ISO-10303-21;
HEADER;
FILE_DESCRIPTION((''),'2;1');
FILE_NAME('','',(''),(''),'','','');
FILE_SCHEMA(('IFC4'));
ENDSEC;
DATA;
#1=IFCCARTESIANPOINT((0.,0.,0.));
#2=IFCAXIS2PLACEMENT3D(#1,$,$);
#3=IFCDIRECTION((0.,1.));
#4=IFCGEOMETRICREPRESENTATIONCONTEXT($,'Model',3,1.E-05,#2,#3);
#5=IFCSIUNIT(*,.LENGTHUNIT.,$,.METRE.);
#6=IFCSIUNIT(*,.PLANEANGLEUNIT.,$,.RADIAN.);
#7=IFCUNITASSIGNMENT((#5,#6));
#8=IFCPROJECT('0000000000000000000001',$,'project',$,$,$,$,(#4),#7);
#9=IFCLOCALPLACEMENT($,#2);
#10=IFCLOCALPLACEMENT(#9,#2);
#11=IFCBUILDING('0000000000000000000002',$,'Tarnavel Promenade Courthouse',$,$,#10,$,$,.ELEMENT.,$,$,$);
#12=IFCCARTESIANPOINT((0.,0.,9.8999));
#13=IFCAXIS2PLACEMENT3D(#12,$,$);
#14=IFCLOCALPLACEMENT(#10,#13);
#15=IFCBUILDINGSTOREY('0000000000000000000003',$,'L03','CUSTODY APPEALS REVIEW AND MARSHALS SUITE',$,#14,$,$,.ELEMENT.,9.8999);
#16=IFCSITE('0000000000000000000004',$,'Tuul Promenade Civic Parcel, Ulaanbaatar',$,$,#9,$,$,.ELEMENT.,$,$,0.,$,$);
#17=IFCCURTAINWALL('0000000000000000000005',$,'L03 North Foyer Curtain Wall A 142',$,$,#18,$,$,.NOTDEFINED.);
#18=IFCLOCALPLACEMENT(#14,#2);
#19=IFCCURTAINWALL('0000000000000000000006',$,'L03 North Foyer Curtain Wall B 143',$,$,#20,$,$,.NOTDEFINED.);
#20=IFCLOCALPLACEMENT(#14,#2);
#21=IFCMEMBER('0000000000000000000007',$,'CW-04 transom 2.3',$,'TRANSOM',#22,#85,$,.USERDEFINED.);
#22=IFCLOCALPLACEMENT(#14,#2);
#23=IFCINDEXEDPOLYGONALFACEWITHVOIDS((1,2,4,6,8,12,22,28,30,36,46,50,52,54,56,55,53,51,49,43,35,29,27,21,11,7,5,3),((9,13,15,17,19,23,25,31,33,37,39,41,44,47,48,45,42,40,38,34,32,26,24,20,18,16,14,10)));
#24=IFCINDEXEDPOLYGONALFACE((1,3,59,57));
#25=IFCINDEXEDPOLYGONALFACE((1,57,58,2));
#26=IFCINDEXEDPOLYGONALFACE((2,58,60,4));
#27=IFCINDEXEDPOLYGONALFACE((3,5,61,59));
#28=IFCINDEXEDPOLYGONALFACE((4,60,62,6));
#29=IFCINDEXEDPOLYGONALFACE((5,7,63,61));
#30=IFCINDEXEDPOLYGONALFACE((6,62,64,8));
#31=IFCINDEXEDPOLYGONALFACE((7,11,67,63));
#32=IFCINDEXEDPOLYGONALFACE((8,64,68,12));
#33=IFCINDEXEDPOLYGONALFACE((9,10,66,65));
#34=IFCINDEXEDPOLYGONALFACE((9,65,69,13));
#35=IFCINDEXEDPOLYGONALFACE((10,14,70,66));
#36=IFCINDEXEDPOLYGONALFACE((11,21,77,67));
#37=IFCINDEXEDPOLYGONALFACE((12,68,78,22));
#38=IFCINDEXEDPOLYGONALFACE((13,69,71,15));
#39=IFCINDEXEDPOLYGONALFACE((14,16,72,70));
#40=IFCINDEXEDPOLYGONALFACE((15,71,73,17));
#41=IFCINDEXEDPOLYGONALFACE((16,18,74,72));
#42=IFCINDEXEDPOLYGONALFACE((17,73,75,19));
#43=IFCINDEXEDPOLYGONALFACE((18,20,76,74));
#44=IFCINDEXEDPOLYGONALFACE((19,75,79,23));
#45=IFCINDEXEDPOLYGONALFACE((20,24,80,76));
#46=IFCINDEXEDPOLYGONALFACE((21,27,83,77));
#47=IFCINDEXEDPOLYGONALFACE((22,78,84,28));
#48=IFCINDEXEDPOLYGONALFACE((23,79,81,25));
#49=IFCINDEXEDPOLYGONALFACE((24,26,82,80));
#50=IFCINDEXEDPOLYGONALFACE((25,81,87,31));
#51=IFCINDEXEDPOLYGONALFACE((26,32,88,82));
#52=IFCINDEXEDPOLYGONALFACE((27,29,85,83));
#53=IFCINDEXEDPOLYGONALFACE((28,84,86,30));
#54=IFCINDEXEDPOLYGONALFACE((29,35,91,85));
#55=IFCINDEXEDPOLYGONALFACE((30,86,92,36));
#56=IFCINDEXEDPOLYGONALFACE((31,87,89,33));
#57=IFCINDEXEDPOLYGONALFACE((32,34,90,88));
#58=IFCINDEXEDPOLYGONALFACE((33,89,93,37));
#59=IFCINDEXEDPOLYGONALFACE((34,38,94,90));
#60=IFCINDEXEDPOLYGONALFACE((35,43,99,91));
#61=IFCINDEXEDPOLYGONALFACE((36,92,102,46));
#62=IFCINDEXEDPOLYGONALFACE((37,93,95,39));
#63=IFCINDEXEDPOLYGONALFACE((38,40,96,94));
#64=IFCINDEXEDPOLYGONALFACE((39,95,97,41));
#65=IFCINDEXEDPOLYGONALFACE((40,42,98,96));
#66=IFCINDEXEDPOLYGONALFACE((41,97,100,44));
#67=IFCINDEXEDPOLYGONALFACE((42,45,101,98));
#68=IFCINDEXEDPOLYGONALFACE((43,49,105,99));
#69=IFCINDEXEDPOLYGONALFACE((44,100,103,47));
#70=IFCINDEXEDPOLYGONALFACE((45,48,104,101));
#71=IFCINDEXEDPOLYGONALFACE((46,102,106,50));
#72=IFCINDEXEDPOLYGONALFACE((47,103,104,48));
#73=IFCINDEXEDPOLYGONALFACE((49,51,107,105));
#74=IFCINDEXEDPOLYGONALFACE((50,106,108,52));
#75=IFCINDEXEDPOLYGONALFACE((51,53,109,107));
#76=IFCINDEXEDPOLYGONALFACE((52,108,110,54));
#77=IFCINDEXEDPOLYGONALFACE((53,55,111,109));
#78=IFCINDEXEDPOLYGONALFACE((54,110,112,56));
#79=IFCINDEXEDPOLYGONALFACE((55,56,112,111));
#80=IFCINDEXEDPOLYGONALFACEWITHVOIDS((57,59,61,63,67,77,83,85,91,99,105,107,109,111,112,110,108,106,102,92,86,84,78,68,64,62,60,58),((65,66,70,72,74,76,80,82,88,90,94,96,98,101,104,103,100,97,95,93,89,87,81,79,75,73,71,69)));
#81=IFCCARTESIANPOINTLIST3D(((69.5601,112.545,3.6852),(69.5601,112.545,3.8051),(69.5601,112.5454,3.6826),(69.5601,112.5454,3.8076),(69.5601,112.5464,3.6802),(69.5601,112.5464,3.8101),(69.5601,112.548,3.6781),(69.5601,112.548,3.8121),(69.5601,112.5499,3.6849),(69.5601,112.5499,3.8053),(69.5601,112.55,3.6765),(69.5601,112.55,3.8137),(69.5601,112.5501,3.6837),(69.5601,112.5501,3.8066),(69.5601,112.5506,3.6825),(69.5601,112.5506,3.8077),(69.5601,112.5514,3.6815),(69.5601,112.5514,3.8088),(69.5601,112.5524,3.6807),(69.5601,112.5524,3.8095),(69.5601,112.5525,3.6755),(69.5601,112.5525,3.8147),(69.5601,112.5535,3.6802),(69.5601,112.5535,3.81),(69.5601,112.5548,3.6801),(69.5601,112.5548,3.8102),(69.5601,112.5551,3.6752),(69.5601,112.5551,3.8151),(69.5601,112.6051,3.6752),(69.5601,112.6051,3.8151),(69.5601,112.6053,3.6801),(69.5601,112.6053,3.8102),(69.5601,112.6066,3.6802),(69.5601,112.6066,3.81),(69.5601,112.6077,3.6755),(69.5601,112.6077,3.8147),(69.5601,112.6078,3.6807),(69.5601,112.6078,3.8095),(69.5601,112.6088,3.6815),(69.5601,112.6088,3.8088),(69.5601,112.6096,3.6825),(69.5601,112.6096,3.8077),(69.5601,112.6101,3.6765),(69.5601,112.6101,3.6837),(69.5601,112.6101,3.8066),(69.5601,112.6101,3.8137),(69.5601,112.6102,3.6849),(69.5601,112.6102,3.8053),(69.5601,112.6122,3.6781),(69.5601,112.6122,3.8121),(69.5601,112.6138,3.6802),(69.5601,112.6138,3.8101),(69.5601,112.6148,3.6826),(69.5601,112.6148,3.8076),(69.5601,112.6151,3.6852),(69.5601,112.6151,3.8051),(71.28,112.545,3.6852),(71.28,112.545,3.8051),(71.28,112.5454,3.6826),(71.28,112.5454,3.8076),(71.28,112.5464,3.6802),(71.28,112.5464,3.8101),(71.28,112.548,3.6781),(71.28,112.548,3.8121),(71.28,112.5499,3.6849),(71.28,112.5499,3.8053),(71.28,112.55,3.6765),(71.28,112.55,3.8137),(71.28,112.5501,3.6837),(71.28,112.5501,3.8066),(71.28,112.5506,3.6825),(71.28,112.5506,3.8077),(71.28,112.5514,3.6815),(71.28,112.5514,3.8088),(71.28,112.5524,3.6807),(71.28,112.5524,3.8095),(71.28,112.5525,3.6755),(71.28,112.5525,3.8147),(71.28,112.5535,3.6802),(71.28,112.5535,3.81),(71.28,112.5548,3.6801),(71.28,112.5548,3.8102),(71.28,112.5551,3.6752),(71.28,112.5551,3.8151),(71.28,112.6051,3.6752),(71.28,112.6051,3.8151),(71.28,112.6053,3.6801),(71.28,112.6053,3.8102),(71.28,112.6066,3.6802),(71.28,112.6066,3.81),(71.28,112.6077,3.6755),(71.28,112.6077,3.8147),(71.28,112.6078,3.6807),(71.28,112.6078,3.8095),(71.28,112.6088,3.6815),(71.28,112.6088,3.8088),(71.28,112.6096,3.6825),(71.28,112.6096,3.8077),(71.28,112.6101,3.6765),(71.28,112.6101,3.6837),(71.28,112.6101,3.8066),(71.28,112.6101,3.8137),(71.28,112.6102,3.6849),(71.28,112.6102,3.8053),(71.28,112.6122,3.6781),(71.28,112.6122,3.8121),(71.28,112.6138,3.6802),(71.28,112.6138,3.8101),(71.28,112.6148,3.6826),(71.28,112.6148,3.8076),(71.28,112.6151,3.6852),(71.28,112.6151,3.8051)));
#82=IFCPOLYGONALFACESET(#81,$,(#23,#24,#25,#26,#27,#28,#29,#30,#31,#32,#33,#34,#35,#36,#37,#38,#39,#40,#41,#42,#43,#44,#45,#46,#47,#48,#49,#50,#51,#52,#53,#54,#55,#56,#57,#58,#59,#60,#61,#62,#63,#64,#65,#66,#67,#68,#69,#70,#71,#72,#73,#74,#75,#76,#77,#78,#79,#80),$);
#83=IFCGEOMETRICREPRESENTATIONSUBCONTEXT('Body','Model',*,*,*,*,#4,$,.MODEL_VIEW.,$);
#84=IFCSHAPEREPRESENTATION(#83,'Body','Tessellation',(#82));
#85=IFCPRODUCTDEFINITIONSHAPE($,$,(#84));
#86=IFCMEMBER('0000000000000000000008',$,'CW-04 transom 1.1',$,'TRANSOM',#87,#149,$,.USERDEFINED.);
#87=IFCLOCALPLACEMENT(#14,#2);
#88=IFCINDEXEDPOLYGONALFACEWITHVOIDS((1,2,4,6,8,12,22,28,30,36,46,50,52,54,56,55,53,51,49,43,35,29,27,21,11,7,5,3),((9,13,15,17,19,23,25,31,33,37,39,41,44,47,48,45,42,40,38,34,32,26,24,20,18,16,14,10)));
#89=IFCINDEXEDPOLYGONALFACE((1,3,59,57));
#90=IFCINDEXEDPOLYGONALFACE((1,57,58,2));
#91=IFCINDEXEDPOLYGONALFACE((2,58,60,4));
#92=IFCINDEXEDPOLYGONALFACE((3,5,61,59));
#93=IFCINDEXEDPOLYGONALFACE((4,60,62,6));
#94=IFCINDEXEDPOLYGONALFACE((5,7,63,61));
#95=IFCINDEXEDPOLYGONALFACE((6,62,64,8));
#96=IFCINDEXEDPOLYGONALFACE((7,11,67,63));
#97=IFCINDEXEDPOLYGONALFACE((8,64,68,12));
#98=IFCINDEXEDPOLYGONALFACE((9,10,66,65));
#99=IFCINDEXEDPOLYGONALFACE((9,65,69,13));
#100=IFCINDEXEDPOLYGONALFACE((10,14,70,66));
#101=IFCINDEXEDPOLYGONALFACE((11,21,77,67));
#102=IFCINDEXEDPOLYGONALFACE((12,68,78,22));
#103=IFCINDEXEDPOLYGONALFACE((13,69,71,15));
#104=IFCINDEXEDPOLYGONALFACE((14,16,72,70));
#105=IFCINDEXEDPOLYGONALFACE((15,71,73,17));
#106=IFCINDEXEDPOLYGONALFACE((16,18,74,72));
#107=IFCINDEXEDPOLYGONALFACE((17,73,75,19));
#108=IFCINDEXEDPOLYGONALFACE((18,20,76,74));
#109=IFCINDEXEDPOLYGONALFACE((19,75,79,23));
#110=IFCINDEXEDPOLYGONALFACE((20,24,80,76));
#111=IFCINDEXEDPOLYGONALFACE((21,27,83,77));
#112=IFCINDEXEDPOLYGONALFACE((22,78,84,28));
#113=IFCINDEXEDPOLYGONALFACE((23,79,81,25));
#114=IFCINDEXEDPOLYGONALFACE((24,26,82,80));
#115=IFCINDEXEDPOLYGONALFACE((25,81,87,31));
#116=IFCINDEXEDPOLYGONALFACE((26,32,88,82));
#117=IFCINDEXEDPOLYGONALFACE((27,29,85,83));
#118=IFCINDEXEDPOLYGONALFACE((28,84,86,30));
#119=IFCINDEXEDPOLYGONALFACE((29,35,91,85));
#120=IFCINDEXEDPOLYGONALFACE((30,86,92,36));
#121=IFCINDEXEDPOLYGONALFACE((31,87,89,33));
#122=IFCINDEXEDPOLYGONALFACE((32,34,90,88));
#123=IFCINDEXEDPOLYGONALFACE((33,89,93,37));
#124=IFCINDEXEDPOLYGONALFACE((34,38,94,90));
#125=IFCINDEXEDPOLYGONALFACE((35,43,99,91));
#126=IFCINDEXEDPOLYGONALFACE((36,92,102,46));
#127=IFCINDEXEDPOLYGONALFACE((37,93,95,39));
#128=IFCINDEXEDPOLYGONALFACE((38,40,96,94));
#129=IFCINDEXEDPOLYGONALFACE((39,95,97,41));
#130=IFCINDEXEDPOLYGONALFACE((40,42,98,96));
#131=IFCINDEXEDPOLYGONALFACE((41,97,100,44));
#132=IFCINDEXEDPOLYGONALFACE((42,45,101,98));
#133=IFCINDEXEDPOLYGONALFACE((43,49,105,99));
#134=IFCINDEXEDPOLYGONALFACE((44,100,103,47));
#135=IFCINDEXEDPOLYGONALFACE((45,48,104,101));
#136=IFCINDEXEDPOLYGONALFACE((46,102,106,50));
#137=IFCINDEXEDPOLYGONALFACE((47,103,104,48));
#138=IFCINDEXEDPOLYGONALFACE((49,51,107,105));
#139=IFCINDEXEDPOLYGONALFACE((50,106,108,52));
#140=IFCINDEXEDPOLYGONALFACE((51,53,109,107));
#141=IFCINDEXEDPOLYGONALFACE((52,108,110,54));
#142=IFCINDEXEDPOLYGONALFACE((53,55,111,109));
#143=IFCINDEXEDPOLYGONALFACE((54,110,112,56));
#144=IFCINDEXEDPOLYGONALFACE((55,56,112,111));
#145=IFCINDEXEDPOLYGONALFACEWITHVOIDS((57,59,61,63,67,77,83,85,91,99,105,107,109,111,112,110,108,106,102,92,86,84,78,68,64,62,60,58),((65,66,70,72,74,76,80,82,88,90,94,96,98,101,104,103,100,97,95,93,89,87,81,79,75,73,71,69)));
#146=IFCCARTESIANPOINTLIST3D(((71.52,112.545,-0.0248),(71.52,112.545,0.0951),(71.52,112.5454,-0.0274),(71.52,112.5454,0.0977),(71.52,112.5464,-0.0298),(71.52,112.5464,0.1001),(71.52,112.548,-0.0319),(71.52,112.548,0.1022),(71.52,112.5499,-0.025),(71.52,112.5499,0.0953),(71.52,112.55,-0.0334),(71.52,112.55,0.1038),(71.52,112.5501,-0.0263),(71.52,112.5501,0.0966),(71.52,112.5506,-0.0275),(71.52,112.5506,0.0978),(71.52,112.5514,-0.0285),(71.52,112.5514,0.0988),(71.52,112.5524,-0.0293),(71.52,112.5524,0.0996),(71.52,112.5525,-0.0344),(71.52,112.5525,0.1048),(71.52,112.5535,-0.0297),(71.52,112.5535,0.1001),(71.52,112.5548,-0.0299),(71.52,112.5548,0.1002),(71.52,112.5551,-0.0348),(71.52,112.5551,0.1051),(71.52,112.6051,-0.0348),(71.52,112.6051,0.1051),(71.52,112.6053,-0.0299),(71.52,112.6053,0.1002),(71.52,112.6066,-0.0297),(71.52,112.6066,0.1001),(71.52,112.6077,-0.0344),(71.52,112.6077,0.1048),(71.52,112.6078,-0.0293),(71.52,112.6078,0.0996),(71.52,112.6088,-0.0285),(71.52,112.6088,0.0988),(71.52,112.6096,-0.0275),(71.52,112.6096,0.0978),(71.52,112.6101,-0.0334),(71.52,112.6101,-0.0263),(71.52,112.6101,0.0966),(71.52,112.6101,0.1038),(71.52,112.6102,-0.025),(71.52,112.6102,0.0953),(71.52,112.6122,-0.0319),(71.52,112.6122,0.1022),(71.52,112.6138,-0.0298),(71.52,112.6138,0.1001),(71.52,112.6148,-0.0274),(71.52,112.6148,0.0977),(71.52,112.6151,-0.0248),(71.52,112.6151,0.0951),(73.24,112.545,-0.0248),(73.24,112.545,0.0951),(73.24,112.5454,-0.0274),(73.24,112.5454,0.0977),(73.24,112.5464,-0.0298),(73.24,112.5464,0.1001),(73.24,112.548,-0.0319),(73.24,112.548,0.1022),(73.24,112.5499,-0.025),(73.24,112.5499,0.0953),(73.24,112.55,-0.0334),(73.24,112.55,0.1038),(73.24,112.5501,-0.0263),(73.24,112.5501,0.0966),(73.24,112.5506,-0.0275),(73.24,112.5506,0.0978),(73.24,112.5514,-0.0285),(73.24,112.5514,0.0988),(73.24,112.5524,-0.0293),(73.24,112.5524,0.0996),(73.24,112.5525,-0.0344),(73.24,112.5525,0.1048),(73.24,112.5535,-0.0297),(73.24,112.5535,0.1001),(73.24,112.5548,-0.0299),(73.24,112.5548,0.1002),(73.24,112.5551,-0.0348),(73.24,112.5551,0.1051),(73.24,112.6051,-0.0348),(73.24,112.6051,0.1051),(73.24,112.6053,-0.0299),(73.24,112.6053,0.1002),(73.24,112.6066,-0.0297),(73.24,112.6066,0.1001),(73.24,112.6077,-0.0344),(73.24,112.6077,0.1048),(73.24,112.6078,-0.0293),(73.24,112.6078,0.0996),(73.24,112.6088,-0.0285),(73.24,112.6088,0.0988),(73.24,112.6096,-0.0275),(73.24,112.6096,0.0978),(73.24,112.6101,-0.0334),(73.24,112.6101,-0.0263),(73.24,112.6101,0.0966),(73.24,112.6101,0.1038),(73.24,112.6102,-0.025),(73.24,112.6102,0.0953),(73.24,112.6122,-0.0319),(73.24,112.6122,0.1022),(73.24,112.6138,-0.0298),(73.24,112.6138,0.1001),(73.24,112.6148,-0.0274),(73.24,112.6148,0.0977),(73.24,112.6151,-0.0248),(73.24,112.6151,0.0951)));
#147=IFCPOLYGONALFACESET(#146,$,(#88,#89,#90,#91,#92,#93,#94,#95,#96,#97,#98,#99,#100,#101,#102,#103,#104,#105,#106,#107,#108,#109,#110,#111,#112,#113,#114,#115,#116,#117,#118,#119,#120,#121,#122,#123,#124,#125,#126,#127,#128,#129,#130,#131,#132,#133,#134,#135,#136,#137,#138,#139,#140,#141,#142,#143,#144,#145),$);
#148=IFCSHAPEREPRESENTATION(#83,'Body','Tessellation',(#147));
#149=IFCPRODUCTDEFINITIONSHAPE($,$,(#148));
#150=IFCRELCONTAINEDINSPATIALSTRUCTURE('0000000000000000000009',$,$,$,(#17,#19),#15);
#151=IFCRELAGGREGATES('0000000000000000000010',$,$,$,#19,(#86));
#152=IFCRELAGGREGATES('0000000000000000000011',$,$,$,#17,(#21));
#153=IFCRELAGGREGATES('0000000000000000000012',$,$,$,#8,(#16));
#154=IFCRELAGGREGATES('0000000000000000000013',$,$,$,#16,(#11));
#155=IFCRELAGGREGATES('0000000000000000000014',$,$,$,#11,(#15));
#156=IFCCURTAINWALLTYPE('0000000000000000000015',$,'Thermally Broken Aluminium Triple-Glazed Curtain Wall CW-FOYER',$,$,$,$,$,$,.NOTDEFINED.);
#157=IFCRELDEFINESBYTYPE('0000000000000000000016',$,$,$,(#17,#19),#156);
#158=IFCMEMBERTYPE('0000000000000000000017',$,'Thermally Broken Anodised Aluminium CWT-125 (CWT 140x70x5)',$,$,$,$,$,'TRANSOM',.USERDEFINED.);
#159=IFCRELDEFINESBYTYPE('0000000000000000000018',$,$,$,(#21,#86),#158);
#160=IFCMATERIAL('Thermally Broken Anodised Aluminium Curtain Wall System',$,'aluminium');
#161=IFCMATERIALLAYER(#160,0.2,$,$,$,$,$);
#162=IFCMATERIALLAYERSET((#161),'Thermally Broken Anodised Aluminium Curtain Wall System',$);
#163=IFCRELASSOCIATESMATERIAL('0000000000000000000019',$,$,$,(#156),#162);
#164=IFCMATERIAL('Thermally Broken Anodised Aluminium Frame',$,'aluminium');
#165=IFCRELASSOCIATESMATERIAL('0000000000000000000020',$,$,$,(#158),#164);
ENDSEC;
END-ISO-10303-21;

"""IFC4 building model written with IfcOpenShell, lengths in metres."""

from ifc_helpers import new_model, si_unit, direction, frame, origin, origin_2d, place, context, subcontext, project, spatial, hollow_rectangle, extrude, material, layer, layer_set, material_profile, profile_set, type_object, element, aggregate, save


model = new_model("IFC4")

# Units and contexts
model_context = context("Model", 3, precision=1e-05, world=origin(), true_north=direction((0.0, 1.0)))
body_context = subcontext(model_context, "Body", "Model", "MODEL_VIEW")
ifc_project = project(units=[si_unit("LENGTHUNIT", "METRE"), si_unit("PLANEANGLEUNIT", "RADIAN")], contexts=[model_context])

# Site, building, storey
site_placement = place(None, origin())
site = spatial("IfcSite", under=ifc_project, at=site_placement, Name="Tuul Promenade Civic Parcel, Ulaanbaatar", CompositionType="ELEMENT", RefElevation=0.0)
building_placement = place(site_placement, origin())
building = spatial("IfcBuilding", under=site, at=building_placement, Name="Tarnavel Promenade Courthouse", CompositionType="ELEMENT")
storey_placement = place(building_placement, frame((0.0, 0.0, 9.8999)))
storey = spatial("IfcBuildingStorey", under=building, at=storey_placement, Name="L03", Description="CUSTODY APPEALS REVIEW AND MARSHALS SUITE", CompositionType="ELEMENT", Elevation=9.8999)

# Curtain wall
ifc_material_1 = material(Name="Thermally Broken Anodised Aluminium Curtain Wall System", Category="aluminium")
ifc_layer_1 = layer(ifc_material_1, 0.2)
ifc_layer_set_1 = layer_set([ifc_layer_1], Name="Thermally Broken Anodised Aluminium Curtain Wall System")
curtain_wall_type = type_object("IfcCurtainWallType", Name="Thermally Broken Aluminium Triple-Glazed Curtain Wall CW-FOYER", PredefinedType="NOTDEFINED", material=ifc_layer_set_1)
curtain_wall_1_placement = place(storey_placement, origin())
curtain_wall_1 = element("IfcCurtainWall", 1, at=curtain_wall_1_placement, inside=storey, type_object=curtain_wall_type, Name="L03 North Foyer Curtain Wall A 142", PredefinedType="NOTDEFINED")
ifc_material_2 = material(Name="Thermally Broken Anodised Aluminium Frame", Category="aluminium")

# Curtain wall
curtain_wall_2_placement = place(storey_placement, origin())
curtain_wall_2 = element("IfcCurtainWall", 2, at=curtain_wall_2_placement, inside=storey, type_object=curtain_wall_type, Name="L03 North Foyer Curtain Wall B 143", PredefinedType="NOTDEFINED")

# Members
ifc_material_profile_1 = material_profile(ifc_material_2, hollow_rectangle(XDim=0.0701, YDim=0.1399, WallThickness=0.0049, InnerFilletRadius=0.0049, OuterFilletRadius=0.01, at=origin_2d()), Name="CWT 140x70x5")
ifc_profile_set_1 = profile_set([ifc_material_profile_1], Name="Thermally Broken Anodised Aluminium Frame")
member_type_1 = type_object("IfcMemberType", Name="Thermally Broken Anodised Aluminium CWT-125 (CWT 140x70x5)", ElementType="TRANSOM", PredefinedType="USERDEFINED", material=ifc_profile_set_1)
member_1_placement = place(storey_placement, frame((69.5601, 112.5801, 3.7451), z_axis=(1.0, 0.0, 0.0), x_axis=(0.0, 1.0, 0.0)))
member_1 = element("IfcMember", 3, at=member_1_placement, type_object=member_type_1, Name="CW-04 transom 2.3", ObjectType="TRANSOM", PredefinedType="USERDEFINED", context=body_context, shape_type="SweptSolid", body=[
    extrude(hollow_rectangle(XDim=0.0701, YDim=0.1399, WallThickness=0.0049, InnerFilletRadius=0.0049, OuterFilletRadius=0.01, at=origin_2d()), origin(), (0.0, 0.0, 1.0), 1.72),
])
member_2_placement = place(storey_placement, frame((71.52, 112.5801, 0.0352), z_axis=(1.0, 0.0, 0.0), x_axis=(0.0, 1.0, 0.0)))
member_2 = element("IfcMember", 4, at=member_2_placement, type_object=member_type_1, Name="CW-04 transom 1.1", ObjectType="TRANSOM", PredefinedType="USERDEFINED", context=body_context, shape_type="SweptSolid", body=[
    extrude(hollow_rectangle(XDim=0.0701, YDim=0.1399, WallThickness=0.0049, InnerFilletRadius=0.0049, OuterFilletRadius=0.01, at=origin_2d()), origin(), (0.0, 0.0, 1.0), 1.72),
])
aggregate(curtain_wall_2, [member_2])

aggregate(curtain_wall_1, [member_1])

save(model, "model.ifc")
